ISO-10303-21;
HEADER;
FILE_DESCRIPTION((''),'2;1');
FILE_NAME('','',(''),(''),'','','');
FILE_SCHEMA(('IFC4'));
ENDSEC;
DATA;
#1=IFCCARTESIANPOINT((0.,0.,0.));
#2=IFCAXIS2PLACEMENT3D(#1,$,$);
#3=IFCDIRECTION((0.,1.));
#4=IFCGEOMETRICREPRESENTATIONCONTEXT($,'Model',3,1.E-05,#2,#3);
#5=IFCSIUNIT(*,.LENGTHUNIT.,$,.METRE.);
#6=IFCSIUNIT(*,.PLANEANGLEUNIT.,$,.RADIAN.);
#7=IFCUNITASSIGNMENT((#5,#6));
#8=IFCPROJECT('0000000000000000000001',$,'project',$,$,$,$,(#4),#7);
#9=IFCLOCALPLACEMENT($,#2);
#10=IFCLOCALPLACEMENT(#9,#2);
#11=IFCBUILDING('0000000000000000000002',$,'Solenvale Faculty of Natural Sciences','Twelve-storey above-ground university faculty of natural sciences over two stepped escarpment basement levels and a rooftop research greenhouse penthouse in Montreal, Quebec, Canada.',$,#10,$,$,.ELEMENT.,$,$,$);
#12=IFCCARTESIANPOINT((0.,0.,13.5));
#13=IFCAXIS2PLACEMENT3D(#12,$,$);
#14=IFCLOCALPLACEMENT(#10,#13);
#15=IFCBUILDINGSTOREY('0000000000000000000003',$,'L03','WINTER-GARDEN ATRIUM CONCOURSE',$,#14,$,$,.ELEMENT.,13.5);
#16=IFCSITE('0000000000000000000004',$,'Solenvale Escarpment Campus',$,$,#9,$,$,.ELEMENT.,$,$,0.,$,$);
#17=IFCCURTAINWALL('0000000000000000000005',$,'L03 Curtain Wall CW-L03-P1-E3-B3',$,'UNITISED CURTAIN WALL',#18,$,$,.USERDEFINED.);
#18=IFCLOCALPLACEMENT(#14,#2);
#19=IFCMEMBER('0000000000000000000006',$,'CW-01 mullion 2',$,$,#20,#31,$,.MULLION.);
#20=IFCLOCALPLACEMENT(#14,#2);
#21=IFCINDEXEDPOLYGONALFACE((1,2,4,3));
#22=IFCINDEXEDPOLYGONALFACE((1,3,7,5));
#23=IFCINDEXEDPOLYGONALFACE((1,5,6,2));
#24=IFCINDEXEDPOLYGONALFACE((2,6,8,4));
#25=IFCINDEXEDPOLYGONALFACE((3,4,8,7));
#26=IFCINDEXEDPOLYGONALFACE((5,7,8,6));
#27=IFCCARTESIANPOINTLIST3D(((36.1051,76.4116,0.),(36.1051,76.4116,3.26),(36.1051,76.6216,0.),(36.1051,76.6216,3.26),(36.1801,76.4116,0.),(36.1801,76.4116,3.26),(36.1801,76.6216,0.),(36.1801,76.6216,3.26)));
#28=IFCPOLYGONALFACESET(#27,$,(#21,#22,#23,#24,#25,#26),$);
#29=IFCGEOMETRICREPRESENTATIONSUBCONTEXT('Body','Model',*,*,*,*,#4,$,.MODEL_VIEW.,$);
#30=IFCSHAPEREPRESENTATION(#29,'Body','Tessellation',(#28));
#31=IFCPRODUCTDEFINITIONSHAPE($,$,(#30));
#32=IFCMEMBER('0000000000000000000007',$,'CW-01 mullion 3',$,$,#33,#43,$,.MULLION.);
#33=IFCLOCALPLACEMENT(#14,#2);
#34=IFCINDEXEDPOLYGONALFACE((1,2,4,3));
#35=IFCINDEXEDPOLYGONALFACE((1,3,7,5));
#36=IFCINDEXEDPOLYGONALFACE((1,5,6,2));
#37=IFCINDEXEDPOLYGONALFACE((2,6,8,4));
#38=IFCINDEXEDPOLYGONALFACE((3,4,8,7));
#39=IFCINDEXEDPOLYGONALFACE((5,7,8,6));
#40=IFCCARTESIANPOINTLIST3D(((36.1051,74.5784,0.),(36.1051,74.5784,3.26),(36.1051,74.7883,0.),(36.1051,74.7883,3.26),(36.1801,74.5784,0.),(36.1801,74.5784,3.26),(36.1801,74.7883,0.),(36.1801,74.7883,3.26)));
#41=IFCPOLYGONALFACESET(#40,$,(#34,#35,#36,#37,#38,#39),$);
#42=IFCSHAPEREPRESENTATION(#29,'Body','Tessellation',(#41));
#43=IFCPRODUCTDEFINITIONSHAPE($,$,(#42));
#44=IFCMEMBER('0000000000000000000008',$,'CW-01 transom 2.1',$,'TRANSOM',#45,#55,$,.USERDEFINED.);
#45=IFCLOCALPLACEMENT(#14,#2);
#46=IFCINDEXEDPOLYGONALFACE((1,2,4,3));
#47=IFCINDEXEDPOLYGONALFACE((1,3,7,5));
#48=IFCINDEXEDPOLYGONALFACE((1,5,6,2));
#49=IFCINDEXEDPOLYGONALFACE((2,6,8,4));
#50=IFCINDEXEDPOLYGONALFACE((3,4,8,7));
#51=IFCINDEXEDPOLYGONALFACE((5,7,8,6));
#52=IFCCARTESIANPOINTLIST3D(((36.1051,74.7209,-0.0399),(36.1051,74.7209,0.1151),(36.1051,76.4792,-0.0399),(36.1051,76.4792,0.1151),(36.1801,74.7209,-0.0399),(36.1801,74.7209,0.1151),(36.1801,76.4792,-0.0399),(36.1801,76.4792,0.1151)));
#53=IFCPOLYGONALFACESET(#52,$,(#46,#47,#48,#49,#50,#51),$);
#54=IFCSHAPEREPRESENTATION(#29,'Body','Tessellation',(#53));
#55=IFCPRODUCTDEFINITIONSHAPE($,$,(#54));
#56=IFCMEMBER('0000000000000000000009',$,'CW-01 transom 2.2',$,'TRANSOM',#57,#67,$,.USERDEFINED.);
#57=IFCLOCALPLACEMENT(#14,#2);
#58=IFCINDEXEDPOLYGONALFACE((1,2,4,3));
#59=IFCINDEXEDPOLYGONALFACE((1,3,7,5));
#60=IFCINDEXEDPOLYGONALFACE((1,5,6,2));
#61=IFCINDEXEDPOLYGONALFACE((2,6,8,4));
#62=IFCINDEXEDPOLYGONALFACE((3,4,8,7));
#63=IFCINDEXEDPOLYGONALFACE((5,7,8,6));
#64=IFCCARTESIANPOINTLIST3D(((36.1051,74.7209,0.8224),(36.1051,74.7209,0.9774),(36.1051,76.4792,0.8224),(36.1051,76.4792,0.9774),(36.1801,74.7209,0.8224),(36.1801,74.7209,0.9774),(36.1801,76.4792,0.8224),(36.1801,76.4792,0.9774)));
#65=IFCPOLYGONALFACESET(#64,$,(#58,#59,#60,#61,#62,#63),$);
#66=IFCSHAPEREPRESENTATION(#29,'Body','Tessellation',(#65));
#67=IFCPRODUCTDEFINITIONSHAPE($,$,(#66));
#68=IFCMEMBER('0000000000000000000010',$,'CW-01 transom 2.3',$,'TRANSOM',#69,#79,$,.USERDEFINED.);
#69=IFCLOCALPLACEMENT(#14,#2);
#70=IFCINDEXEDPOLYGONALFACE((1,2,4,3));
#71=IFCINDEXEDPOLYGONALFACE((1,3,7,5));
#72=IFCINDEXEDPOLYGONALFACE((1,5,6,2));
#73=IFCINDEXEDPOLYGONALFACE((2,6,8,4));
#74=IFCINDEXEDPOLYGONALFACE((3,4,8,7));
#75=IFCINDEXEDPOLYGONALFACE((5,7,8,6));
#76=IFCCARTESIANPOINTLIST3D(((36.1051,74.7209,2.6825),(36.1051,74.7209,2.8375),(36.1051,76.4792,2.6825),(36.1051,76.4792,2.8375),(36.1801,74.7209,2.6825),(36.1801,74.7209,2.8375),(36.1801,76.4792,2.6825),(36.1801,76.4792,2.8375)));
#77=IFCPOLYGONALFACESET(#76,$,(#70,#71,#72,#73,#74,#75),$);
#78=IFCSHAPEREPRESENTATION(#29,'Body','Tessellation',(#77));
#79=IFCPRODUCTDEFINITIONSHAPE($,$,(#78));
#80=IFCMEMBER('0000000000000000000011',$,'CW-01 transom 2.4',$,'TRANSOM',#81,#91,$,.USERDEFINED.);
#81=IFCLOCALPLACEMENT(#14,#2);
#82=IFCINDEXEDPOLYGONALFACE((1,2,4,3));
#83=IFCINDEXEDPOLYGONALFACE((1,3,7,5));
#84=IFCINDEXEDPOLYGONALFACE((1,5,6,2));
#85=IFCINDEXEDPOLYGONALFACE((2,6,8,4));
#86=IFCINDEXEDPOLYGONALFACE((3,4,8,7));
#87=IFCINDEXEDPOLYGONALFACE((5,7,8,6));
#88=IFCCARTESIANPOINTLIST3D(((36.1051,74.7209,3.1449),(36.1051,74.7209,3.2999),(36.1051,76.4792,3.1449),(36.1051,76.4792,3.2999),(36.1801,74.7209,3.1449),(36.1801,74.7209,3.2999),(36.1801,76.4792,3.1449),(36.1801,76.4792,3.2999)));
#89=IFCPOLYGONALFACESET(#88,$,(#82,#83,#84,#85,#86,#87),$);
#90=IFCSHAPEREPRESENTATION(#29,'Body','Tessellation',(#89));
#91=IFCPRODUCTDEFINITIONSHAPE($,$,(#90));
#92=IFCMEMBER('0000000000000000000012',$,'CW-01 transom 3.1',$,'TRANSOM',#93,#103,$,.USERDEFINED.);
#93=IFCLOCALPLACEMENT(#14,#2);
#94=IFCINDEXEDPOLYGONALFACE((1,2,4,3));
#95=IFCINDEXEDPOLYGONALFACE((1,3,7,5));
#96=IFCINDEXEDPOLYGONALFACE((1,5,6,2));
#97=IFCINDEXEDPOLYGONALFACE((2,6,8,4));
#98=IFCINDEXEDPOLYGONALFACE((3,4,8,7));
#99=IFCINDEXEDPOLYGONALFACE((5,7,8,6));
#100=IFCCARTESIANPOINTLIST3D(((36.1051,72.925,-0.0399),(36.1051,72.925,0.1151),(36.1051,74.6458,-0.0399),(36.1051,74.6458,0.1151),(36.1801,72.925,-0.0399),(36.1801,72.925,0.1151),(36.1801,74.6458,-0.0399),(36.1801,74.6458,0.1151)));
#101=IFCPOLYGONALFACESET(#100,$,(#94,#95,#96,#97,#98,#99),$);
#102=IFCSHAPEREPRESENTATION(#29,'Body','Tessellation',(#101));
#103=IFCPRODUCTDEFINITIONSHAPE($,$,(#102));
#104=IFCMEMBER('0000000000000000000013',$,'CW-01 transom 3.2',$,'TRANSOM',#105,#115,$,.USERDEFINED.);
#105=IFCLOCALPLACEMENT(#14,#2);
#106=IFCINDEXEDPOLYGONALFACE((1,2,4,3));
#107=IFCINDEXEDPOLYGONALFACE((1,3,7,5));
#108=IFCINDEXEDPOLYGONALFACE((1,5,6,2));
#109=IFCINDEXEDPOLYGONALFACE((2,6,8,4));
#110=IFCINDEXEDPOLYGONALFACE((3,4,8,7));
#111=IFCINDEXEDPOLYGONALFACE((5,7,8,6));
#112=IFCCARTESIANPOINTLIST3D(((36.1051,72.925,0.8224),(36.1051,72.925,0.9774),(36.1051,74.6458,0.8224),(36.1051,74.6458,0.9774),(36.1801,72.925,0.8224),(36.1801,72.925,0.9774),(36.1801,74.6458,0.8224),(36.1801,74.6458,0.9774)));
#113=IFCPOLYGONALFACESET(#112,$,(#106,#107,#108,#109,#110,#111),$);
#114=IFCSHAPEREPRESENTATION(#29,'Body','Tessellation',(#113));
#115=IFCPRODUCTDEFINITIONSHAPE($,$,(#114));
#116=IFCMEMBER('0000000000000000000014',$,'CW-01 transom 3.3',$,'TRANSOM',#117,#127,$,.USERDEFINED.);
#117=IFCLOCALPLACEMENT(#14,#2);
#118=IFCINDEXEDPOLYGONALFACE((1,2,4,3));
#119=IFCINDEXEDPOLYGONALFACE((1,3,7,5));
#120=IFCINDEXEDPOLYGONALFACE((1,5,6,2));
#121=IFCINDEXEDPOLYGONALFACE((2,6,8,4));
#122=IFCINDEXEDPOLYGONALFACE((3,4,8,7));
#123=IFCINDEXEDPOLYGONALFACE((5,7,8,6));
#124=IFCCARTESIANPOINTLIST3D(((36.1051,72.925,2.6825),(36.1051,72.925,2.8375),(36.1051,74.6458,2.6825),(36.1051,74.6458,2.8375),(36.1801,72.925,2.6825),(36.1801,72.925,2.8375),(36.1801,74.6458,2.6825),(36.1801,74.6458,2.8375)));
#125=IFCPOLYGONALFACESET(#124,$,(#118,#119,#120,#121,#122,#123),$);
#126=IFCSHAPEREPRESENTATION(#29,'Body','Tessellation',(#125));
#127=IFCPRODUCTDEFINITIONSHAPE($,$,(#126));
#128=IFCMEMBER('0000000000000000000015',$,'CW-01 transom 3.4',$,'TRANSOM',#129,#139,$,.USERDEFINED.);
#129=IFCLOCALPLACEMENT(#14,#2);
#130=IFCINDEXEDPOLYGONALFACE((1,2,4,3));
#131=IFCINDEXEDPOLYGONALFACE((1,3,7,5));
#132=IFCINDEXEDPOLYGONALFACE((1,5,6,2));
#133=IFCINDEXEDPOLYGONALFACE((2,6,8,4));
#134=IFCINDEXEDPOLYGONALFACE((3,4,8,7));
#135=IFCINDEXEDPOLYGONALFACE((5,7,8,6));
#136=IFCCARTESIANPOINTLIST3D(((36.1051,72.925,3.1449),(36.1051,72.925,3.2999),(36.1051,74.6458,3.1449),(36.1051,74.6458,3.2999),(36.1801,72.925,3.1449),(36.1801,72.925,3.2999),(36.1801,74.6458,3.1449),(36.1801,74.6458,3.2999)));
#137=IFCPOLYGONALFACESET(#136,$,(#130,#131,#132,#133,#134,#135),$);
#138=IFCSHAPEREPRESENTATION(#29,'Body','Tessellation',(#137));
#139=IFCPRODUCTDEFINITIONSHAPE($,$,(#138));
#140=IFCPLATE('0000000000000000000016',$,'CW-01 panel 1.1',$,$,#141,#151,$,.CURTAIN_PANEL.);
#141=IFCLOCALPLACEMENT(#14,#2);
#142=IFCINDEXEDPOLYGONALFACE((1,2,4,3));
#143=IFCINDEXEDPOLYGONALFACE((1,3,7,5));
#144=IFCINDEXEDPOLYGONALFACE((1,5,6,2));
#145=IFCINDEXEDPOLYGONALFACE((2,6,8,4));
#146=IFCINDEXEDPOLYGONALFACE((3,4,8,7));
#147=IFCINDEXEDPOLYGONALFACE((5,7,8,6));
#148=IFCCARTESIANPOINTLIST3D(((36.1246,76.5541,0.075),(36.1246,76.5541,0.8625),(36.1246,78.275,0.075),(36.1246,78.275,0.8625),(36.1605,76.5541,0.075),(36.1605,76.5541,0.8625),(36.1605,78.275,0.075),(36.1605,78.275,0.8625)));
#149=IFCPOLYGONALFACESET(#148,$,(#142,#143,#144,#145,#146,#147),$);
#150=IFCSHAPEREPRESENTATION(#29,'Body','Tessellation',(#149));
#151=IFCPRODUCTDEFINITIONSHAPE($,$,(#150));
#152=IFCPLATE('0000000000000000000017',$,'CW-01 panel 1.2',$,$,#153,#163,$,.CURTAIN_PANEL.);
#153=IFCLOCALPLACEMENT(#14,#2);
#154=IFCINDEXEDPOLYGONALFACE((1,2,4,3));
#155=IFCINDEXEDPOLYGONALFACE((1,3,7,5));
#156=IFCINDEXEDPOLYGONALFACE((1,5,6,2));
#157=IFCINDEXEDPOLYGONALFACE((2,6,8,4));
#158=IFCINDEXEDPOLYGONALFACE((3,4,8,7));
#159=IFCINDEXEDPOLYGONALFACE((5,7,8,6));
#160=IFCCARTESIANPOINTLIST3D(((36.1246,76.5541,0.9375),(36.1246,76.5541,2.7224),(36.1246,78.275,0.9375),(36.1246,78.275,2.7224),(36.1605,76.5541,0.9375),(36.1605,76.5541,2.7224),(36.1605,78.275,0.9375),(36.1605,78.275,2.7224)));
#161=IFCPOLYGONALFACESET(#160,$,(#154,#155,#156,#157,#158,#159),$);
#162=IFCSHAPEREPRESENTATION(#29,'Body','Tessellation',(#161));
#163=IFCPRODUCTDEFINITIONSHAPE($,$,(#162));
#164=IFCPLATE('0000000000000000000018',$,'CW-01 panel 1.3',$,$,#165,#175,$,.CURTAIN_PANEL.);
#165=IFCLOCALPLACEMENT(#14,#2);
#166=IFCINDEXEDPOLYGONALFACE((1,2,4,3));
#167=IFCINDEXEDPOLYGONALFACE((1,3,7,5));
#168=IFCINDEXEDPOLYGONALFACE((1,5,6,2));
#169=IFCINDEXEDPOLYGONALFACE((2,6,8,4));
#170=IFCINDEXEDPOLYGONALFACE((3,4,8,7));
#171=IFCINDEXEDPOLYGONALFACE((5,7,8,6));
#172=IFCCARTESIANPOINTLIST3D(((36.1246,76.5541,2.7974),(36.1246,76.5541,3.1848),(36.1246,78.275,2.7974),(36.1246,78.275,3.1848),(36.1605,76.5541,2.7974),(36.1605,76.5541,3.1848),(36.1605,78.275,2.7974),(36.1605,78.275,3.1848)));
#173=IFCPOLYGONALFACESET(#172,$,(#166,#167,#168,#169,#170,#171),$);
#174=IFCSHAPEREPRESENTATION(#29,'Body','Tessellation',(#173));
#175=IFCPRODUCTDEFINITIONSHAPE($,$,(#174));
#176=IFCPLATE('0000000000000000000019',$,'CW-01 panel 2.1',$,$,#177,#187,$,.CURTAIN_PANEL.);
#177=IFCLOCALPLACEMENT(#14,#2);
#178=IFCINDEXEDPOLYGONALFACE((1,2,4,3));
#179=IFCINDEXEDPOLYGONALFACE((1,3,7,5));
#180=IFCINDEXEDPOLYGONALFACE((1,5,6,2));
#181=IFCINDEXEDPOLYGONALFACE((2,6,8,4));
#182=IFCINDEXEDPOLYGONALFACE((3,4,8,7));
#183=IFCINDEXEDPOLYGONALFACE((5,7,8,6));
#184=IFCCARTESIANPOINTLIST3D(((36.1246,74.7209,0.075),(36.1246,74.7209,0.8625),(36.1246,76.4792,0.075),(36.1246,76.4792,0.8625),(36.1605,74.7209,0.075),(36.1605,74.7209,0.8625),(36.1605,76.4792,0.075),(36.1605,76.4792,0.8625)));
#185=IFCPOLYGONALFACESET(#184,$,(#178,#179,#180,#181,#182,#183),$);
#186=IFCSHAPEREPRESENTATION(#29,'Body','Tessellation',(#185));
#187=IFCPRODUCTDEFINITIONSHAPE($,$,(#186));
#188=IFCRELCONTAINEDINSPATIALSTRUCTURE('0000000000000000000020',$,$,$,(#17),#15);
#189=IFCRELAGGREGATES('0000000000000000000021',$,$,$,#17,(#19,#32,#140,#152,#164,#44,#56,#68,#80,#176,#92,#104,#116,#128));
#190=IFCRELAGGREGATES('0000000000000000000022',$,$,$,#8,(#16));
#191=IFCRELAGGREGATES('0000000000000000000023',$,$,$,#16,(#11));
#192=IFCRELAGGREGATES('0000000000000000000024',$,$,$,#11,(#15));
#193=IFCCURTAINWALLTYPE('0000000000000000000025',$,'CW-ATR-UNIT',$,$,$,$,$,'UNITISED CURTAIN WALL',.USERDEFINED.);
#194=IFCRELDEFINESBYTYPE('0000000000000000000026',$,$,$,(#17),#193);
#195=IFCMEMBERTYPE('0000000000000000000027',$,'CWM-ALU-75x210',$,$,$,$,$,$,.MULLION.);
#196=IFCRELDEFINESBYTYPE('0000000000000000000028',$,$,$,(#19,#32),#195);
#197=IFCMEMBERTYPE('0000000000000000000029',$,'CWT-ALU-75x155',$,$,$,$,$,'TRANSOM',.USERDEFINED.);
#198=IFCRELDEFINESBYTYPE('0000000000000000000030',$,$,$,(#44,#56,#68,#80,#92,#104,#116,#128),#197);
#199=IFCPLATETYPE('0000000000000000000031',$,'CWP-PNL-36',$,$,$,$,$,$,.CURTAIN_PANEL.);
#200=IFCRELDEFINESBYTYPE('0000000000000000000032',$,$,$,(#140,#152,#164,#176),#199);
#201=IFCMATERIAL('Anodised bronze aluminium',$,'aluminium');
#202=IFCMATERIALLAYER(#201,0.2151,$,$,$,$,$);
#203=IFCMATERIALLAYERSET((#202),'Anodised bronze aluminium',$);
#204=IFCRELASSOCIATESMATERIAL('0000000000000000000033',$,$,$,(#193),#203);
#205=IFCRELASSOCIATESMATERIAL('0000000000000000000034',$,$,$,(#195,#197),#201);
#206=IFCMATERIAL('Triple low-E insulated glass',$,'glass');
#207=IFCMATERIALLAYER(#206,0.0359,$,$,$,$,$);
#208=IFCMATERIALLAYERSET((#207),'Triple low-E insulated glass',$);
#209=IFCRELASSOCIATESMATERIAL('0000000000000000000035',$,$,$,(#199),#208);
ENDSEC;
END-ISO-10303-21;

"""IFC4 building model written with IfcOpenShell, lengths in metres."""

from ifc_helpers import new_model, si_unit, direction, frame, origin, origin_2d, place, context, subcontext, project, spatial, rectangle, extrude, material, layer, layer_set, material_profile, profile_set, type_object, element, aggregate, save


model = new_model("IFC4")

# Units and contexts
model_context = context("Model", 3, precision=1e-05, world=origin(), true_north=direction((0.0, 1.0)))
body_context = subcontext(model_context, "Body", "Model", "MODEL_VIEW")
ifc_project = project(units=[si_unit("LENGTHUNIT", "METRE"), si_unit("PLANEANGLEUNIT", "RADIAN")], contexts=[model_context])

# Site, building, storey
site_placement = place(None, origin())
site = spatial("IfcSite", under=ifc_project, at=site_placement, Name="Solenvale Escarpment Campus", CompositionType="ELEMENT", RefElevation=0.0)
building_placement = place(site_placement, origin())
building = spatial("IfcBuilding", under=site, at=building_placement, Name="Solenvale Faculty of Natural Sciences", Description="Twelve-storey above-ground university faculty of natural sciences over two stepped escarpment basement levels and a rooftop research greenhouse penthouse in Montreal, Quebec, Canada.", CompositionType="ELEMENT")
storey_placement = place(building_placement, frame((0.0, 0.0, 13.5)))
storey = spatial("IfcBuildingStorey", under=building, at=storey_placement, Name="L03", Description="WINTER-GARDEN ATRIUM CONCOURSE", CompositionType="ELEMENT", Elevation=13.5)

# Curtain wall, members, plates
ifc_material_1 = material(Name="Anodised bronze aluminium", Category="aluminium")
ifc_layer_1 = layer(ifc_material_1, 0.2151)
ifc_layer_set_1 = layer_set([ifc_layer_1], Name="Anodised bronze aluminium")
curtain_wall_type = type_object("IfcCurtainWallType", Name="CW-ATR-UNIT", ElementType="UNITISED CURTAIN WALL", PredefinedType="USERDEFINED", material=ifc_layer_set_1)
curtain_wall_placement = place(storey_placement, origin())
curtain_wall = element("IfcCurtainWall", 1, at=curtain_wall_placement, inside=storey, type_object=curtain_wall_type, Name="L03 Curtain Wall CW-L03-P1-E3-B3", ObjectType="UNITISED CURTAIN WALL", PredefinedType="USERDEFINED")
ifc_material_profile_1 = material_profile(ifc_material_1, rectangle(XDim=0.075, YDim=0.21, at=origin_2d()), Name="ALU-MUL-75x210")
ifc_profile_set_1 = profile_set([ifc_material_profile_1], Name="Anodised bronze aluminium")
member_type_1 = type_object("IfcMemberType", Name="CWM-ALU-75x210", PredefinedType="MULLION", material=ifc_profile_set_1)
member_1_placement = place(storey_placement, frame((36.1426, 76.5166, 0.0), z_axis=(0.0, 0.0, 1.0), x_axis=(1.0, 0.0, 0.0)))
member_1 = element("IfcMember", 2, at=member_1_placement, type_object=member_type_1, Name="CW-01 mullion 2", PredefinedType="MULLION", context=body_context, shape_type="SweptSolid", body=[
    extrude(rectangle(XDim=0.075, YDim=0.21, at=origin_2d()), origin(), (0.0, 0.0, 1.0), 3.26),
])
member_2_placement = place(storey_placement, frame((36.1426, 74.6833, 0.0), z_axis=(0.0, 0.0, 1.0), x_axis=(1.0, 0.0, 0.0)))
member_2 = element("IfcMember", 3, at=member_2_placement, type_object=member_type_1, Name="CW-01 mullion 3", PredefinedType="MULLION", context=body_context, shape_type="SweptSolid", body=[
    extrude(rectangle(XDim=0.075, YDim=0.21, at=origin_2d()), origin(), (0.0, 0.0, 1.0), 3.26),
])
ifc_material_profile_2 = material_profile(ifc_material_1, rectangle(XDim=0.075, YDim=0.155, at=origin_2d()), Name="ALU-TRN-75x155")
ifc_profile_set_2 = profile_set([ifc_material_profile_2], Name="Anodised bronze aluminium")
member_type_2 = type_object("IfcMemberType", Name="CWT-ALU-75x155", ElementType="TRANSOM", PredefinedType="USERDEFINED", material=ifc_profile_set_2)
member_3_placement = place(storey_placement, frame((36.1426, 76.4792, 0.0376), z_axis=(0.0, -1.0, 0.0), x_axis=(1.0, 0.0, 0.0)))
member_3 = element("IfcMember", 4, at=member_3_placement, type_object=member_type_2, Name="CW-01 transom 2.1", ObjectType="TRANSOM", PredefinedType="USERDEFINED", context=body_context, shape_type="SweptSolid", body=[
    extrude(rectangle(XDim=0.075, YDim=0.155, at=origin_2d()), origin(), (0.0, 0.0, 1.0), 1.7583),
])
member_4_placement = place(storey_placement, frame((36.1426, 76.4792, 0.8999), z_axis=(0.0, -1.0, 0.0), x_axis=(1.0, 0.0, 0.0)))
member_4 = element("IfcMember", 5, at=member_4_placement, type_object=member_type_2, Name="CW-01 transom 2.2", ObjectType="TRANSOM", PredefinedType="USERDEFINED", context=body_context, shape_type="SweptSolid", body=[
    extrude(rectangle(XDim=0.075, YDim=0.155, at=origin_2d()), origin(), (0.0, 0.0, 1.0), 1.7583),
])
member_5_placement = place(storey_placement, frame((36.1426, 76.4792, 2.76), z_axis=(0.0, -1.0, 0.0), x_axis=(1.0, 0.0, 0.0)))
member_5 = element("IfcMember", 6, at=member_5_placement, type_object=member_type_2, Name="CW-01 transom 2.3", ObjectType="TRANSOM", PredefinedType="USERDEFINED", context=body_context, shape_type="SweptSolid", body=[
    extrude(rectangle(XDim=0.075, YDim=0.155, at=origin_2d()), origin(), (0.0, 0.0, 1.0), 1.7583),
])
member_6_placement = place(storey_placement, frame((36.1426, 76.4792, 3.2224), z_axis=(0.0, -1.0, 0.0), x_axis=(1.0, 0.0, 0.0)))
member_6 = element("IfcMember", 7, at=member_6_placement, type_object=member_type_2, Name="CW-01 transom 2.4", ObjectType="TRANSOM", PredefinedType="USERDEFINED", context=body_context, shape_type="SweptSolid", body=[
    extrude(rectangle(XDim=0.075, YDim=0.155, at=origin_2d()), origin(), (0.0, 0.0, 1.0), 1.7583),
])
member_7_placement = place(storey_placement, frame((36.1426, 74.6458, 0.0376), z_axis=(0.0, -1.0, 0.0), x_axis=(1.0, 0.0, 0.0)))
member_7 = element("IfcMember", 8, at=member_7_placement, type_object=member_type_2, Name="CW-01 transom 3.1", ObjectType="TRANSOM", PredefinedType="USERDEFINED", context=body_context, shape_type="SweptSolid", body=[
    extrude(rectangle(XDim=0.075, YDim=0.155, at=origin_2d()), origin(), (0.0, 0.0, 1.0), 1.7207),
])
member_8_placement = place(storey_placement, frame((36.1426, 74.6458, 0.8999), z_axis=(0.0, -1.0, 0.0), x_axis=(1.0, 0.0, 0.0)))
member_8 = element("IfcMember", 9, at=member_8_placement, type_object=member_type_2, Name="CW-01 transom 3.2", ObjectType="TRANSOM", PredefinedType="USERDEFINED", context=body_context, shape_type="SweptSolid", body=[
    extrude(rectangle(XDim=0.075, YDim=0.155, at=origin_2d()), origin(), (0.0, 0.0, 1.0), 1.7207),
])
member_9_placement = place(storey_placement, frame((36.1426, 74.6458, 2.76), z_axis=(0.0, -1.0, 0.0), x_axis=(1.0, 0.0, 0.0)))
member_9 = element("IfcMember", 10, at=member_9_placement, type_object=member_type_2, Name="CW-01 transom 3.3", ObjectType="TRANSOM", PredefinedType="USERDEFINED", context=body_context, shape_type="SweptSolid", body=[
    extrude(rectangle(XDim=0.075, YDim=0.155, at=origin_2d()), origin(), (0.0, 0.0, 1.0), 1.7207),
])
member_10_placement = place(storey_placement, frame((36.1426, 74.6458, 3.2224), z_axis=(0.0, -1.0, 0.0), x_axis=(1.0, 0.0, 0.0)))
member_10 = element("IfcMember", 11, at=member_10_placement, type_object=member_type_2, Name="CW-01 transom 3.4", ObjectType="TRANSOM", PredefinedType="USERDEFINED", context=body_context, shape_type="SweptSolid", body=[
    extrude(rectangle(XDim=0.075, YDim=0.155, at=origin_2d()), origin(), (0.0, 0.0, 1.0), 1.7207),
])
ifc_material_2 = material(Name="Triple low-E insulated glass", Category="glass")
ifc_layer_2 = layer(ifc_material_2, 0.0359)
ifc_layer_set_2 = layer_set([ifc_layer_2], Name="Triple low-E insulated glass")
plate_type = type_object("IfcPlateType", Name="CWP-PNL-36", PredefinedType="CURTAIN_PANEL", material=ifc_layer_set_2)
plate_1_placement = place(storey_placement, frame((36.1426, 77.4146, 0.075), z_axis=(0.0, 0.0, 1.0), x_axis=(0.0, -1.0, 0.0)))
plate_1 = element("IfcPlate", 12, at=plate_1_placement, type_object=plate_type, Name="CW-01 panel 1.1", PredefinedType="CURTAIN_PANEL", context=body_context, shape_type="SweptSolid", body=[
    extrude(rectangle(XDim=1.7209, YDim=0.0359, at=origin_2d()), origin(), (0.0, 0.0, 1.0), 0.7876),
])
plate_2_placement = place(storey_placement, frame((36.1426, 77.4146, 0.9375), z_axis=(0.0, 0.0, 1.0), x_axis=(0.0, -1.0, 0.0)))
plate_2 = element("IfcPlate", 13, at=plate_2_placement, type_object=plate_type, Name="CW-01 panel 1.2", PredefinedType="CURTAIN_PANEL", context=body_context, shape_type="SweptSolid", body=[
    extrude(rectangle(XDim=1.7209, YDim=0.0359, at=origin_2d()), origin(), (0.0, 0.0, 1.0), 1.7849),
])
plate_3_placement = place(storey_placement, frame((36.1426, 77.4146, 2.7974), z_axis=(0.0, 0.0, 1.0), x_axis=(0.0, -1.0, 0.0)))
plate_3 = element("IfcPlate", 14, at=plate_3_placement, type_object=plate_type, Name="CW-01 panel 1.3", PredefinedType="CURTAIN_PANEL", context=body_context, shape_type="SweptSolid", body=[
    extrude(rectangle(XDim=1.7209, YDim=0.0359, at=origin_2d()), origin(), (0.0, 0.0, 1.0), 0.3875),
])
plate_4_placement = place(storey_placement, frame((36.1426, 75.6001, 0.075), z_axis=(0.0, 0.0, 1.0), x_axis=(0.0, -1.0, 0.0)))
plate_4 = element("IfcPlate", 15, at=plate_4_placement, type_object=plate_type, Name="CW-01 panel 2.1", PredefinedType="CURTAIN_PANEL", context=body_context, shape_type="SweptSolid", body=[
    extrude(rectangle(XDim=1.7583, YDim=0.0359, at=origin_2d()), origin(), (0.0, 0.0, 1.0), 0.7876),
])
aggregate(curtain_wall, [member_1, member_2, plate_1, plate_2, plate_3, member_3, member_4, member_5, member_6, plate_4, member_7, member_8, member_9, member_10])

save(model, "model.ifc")
